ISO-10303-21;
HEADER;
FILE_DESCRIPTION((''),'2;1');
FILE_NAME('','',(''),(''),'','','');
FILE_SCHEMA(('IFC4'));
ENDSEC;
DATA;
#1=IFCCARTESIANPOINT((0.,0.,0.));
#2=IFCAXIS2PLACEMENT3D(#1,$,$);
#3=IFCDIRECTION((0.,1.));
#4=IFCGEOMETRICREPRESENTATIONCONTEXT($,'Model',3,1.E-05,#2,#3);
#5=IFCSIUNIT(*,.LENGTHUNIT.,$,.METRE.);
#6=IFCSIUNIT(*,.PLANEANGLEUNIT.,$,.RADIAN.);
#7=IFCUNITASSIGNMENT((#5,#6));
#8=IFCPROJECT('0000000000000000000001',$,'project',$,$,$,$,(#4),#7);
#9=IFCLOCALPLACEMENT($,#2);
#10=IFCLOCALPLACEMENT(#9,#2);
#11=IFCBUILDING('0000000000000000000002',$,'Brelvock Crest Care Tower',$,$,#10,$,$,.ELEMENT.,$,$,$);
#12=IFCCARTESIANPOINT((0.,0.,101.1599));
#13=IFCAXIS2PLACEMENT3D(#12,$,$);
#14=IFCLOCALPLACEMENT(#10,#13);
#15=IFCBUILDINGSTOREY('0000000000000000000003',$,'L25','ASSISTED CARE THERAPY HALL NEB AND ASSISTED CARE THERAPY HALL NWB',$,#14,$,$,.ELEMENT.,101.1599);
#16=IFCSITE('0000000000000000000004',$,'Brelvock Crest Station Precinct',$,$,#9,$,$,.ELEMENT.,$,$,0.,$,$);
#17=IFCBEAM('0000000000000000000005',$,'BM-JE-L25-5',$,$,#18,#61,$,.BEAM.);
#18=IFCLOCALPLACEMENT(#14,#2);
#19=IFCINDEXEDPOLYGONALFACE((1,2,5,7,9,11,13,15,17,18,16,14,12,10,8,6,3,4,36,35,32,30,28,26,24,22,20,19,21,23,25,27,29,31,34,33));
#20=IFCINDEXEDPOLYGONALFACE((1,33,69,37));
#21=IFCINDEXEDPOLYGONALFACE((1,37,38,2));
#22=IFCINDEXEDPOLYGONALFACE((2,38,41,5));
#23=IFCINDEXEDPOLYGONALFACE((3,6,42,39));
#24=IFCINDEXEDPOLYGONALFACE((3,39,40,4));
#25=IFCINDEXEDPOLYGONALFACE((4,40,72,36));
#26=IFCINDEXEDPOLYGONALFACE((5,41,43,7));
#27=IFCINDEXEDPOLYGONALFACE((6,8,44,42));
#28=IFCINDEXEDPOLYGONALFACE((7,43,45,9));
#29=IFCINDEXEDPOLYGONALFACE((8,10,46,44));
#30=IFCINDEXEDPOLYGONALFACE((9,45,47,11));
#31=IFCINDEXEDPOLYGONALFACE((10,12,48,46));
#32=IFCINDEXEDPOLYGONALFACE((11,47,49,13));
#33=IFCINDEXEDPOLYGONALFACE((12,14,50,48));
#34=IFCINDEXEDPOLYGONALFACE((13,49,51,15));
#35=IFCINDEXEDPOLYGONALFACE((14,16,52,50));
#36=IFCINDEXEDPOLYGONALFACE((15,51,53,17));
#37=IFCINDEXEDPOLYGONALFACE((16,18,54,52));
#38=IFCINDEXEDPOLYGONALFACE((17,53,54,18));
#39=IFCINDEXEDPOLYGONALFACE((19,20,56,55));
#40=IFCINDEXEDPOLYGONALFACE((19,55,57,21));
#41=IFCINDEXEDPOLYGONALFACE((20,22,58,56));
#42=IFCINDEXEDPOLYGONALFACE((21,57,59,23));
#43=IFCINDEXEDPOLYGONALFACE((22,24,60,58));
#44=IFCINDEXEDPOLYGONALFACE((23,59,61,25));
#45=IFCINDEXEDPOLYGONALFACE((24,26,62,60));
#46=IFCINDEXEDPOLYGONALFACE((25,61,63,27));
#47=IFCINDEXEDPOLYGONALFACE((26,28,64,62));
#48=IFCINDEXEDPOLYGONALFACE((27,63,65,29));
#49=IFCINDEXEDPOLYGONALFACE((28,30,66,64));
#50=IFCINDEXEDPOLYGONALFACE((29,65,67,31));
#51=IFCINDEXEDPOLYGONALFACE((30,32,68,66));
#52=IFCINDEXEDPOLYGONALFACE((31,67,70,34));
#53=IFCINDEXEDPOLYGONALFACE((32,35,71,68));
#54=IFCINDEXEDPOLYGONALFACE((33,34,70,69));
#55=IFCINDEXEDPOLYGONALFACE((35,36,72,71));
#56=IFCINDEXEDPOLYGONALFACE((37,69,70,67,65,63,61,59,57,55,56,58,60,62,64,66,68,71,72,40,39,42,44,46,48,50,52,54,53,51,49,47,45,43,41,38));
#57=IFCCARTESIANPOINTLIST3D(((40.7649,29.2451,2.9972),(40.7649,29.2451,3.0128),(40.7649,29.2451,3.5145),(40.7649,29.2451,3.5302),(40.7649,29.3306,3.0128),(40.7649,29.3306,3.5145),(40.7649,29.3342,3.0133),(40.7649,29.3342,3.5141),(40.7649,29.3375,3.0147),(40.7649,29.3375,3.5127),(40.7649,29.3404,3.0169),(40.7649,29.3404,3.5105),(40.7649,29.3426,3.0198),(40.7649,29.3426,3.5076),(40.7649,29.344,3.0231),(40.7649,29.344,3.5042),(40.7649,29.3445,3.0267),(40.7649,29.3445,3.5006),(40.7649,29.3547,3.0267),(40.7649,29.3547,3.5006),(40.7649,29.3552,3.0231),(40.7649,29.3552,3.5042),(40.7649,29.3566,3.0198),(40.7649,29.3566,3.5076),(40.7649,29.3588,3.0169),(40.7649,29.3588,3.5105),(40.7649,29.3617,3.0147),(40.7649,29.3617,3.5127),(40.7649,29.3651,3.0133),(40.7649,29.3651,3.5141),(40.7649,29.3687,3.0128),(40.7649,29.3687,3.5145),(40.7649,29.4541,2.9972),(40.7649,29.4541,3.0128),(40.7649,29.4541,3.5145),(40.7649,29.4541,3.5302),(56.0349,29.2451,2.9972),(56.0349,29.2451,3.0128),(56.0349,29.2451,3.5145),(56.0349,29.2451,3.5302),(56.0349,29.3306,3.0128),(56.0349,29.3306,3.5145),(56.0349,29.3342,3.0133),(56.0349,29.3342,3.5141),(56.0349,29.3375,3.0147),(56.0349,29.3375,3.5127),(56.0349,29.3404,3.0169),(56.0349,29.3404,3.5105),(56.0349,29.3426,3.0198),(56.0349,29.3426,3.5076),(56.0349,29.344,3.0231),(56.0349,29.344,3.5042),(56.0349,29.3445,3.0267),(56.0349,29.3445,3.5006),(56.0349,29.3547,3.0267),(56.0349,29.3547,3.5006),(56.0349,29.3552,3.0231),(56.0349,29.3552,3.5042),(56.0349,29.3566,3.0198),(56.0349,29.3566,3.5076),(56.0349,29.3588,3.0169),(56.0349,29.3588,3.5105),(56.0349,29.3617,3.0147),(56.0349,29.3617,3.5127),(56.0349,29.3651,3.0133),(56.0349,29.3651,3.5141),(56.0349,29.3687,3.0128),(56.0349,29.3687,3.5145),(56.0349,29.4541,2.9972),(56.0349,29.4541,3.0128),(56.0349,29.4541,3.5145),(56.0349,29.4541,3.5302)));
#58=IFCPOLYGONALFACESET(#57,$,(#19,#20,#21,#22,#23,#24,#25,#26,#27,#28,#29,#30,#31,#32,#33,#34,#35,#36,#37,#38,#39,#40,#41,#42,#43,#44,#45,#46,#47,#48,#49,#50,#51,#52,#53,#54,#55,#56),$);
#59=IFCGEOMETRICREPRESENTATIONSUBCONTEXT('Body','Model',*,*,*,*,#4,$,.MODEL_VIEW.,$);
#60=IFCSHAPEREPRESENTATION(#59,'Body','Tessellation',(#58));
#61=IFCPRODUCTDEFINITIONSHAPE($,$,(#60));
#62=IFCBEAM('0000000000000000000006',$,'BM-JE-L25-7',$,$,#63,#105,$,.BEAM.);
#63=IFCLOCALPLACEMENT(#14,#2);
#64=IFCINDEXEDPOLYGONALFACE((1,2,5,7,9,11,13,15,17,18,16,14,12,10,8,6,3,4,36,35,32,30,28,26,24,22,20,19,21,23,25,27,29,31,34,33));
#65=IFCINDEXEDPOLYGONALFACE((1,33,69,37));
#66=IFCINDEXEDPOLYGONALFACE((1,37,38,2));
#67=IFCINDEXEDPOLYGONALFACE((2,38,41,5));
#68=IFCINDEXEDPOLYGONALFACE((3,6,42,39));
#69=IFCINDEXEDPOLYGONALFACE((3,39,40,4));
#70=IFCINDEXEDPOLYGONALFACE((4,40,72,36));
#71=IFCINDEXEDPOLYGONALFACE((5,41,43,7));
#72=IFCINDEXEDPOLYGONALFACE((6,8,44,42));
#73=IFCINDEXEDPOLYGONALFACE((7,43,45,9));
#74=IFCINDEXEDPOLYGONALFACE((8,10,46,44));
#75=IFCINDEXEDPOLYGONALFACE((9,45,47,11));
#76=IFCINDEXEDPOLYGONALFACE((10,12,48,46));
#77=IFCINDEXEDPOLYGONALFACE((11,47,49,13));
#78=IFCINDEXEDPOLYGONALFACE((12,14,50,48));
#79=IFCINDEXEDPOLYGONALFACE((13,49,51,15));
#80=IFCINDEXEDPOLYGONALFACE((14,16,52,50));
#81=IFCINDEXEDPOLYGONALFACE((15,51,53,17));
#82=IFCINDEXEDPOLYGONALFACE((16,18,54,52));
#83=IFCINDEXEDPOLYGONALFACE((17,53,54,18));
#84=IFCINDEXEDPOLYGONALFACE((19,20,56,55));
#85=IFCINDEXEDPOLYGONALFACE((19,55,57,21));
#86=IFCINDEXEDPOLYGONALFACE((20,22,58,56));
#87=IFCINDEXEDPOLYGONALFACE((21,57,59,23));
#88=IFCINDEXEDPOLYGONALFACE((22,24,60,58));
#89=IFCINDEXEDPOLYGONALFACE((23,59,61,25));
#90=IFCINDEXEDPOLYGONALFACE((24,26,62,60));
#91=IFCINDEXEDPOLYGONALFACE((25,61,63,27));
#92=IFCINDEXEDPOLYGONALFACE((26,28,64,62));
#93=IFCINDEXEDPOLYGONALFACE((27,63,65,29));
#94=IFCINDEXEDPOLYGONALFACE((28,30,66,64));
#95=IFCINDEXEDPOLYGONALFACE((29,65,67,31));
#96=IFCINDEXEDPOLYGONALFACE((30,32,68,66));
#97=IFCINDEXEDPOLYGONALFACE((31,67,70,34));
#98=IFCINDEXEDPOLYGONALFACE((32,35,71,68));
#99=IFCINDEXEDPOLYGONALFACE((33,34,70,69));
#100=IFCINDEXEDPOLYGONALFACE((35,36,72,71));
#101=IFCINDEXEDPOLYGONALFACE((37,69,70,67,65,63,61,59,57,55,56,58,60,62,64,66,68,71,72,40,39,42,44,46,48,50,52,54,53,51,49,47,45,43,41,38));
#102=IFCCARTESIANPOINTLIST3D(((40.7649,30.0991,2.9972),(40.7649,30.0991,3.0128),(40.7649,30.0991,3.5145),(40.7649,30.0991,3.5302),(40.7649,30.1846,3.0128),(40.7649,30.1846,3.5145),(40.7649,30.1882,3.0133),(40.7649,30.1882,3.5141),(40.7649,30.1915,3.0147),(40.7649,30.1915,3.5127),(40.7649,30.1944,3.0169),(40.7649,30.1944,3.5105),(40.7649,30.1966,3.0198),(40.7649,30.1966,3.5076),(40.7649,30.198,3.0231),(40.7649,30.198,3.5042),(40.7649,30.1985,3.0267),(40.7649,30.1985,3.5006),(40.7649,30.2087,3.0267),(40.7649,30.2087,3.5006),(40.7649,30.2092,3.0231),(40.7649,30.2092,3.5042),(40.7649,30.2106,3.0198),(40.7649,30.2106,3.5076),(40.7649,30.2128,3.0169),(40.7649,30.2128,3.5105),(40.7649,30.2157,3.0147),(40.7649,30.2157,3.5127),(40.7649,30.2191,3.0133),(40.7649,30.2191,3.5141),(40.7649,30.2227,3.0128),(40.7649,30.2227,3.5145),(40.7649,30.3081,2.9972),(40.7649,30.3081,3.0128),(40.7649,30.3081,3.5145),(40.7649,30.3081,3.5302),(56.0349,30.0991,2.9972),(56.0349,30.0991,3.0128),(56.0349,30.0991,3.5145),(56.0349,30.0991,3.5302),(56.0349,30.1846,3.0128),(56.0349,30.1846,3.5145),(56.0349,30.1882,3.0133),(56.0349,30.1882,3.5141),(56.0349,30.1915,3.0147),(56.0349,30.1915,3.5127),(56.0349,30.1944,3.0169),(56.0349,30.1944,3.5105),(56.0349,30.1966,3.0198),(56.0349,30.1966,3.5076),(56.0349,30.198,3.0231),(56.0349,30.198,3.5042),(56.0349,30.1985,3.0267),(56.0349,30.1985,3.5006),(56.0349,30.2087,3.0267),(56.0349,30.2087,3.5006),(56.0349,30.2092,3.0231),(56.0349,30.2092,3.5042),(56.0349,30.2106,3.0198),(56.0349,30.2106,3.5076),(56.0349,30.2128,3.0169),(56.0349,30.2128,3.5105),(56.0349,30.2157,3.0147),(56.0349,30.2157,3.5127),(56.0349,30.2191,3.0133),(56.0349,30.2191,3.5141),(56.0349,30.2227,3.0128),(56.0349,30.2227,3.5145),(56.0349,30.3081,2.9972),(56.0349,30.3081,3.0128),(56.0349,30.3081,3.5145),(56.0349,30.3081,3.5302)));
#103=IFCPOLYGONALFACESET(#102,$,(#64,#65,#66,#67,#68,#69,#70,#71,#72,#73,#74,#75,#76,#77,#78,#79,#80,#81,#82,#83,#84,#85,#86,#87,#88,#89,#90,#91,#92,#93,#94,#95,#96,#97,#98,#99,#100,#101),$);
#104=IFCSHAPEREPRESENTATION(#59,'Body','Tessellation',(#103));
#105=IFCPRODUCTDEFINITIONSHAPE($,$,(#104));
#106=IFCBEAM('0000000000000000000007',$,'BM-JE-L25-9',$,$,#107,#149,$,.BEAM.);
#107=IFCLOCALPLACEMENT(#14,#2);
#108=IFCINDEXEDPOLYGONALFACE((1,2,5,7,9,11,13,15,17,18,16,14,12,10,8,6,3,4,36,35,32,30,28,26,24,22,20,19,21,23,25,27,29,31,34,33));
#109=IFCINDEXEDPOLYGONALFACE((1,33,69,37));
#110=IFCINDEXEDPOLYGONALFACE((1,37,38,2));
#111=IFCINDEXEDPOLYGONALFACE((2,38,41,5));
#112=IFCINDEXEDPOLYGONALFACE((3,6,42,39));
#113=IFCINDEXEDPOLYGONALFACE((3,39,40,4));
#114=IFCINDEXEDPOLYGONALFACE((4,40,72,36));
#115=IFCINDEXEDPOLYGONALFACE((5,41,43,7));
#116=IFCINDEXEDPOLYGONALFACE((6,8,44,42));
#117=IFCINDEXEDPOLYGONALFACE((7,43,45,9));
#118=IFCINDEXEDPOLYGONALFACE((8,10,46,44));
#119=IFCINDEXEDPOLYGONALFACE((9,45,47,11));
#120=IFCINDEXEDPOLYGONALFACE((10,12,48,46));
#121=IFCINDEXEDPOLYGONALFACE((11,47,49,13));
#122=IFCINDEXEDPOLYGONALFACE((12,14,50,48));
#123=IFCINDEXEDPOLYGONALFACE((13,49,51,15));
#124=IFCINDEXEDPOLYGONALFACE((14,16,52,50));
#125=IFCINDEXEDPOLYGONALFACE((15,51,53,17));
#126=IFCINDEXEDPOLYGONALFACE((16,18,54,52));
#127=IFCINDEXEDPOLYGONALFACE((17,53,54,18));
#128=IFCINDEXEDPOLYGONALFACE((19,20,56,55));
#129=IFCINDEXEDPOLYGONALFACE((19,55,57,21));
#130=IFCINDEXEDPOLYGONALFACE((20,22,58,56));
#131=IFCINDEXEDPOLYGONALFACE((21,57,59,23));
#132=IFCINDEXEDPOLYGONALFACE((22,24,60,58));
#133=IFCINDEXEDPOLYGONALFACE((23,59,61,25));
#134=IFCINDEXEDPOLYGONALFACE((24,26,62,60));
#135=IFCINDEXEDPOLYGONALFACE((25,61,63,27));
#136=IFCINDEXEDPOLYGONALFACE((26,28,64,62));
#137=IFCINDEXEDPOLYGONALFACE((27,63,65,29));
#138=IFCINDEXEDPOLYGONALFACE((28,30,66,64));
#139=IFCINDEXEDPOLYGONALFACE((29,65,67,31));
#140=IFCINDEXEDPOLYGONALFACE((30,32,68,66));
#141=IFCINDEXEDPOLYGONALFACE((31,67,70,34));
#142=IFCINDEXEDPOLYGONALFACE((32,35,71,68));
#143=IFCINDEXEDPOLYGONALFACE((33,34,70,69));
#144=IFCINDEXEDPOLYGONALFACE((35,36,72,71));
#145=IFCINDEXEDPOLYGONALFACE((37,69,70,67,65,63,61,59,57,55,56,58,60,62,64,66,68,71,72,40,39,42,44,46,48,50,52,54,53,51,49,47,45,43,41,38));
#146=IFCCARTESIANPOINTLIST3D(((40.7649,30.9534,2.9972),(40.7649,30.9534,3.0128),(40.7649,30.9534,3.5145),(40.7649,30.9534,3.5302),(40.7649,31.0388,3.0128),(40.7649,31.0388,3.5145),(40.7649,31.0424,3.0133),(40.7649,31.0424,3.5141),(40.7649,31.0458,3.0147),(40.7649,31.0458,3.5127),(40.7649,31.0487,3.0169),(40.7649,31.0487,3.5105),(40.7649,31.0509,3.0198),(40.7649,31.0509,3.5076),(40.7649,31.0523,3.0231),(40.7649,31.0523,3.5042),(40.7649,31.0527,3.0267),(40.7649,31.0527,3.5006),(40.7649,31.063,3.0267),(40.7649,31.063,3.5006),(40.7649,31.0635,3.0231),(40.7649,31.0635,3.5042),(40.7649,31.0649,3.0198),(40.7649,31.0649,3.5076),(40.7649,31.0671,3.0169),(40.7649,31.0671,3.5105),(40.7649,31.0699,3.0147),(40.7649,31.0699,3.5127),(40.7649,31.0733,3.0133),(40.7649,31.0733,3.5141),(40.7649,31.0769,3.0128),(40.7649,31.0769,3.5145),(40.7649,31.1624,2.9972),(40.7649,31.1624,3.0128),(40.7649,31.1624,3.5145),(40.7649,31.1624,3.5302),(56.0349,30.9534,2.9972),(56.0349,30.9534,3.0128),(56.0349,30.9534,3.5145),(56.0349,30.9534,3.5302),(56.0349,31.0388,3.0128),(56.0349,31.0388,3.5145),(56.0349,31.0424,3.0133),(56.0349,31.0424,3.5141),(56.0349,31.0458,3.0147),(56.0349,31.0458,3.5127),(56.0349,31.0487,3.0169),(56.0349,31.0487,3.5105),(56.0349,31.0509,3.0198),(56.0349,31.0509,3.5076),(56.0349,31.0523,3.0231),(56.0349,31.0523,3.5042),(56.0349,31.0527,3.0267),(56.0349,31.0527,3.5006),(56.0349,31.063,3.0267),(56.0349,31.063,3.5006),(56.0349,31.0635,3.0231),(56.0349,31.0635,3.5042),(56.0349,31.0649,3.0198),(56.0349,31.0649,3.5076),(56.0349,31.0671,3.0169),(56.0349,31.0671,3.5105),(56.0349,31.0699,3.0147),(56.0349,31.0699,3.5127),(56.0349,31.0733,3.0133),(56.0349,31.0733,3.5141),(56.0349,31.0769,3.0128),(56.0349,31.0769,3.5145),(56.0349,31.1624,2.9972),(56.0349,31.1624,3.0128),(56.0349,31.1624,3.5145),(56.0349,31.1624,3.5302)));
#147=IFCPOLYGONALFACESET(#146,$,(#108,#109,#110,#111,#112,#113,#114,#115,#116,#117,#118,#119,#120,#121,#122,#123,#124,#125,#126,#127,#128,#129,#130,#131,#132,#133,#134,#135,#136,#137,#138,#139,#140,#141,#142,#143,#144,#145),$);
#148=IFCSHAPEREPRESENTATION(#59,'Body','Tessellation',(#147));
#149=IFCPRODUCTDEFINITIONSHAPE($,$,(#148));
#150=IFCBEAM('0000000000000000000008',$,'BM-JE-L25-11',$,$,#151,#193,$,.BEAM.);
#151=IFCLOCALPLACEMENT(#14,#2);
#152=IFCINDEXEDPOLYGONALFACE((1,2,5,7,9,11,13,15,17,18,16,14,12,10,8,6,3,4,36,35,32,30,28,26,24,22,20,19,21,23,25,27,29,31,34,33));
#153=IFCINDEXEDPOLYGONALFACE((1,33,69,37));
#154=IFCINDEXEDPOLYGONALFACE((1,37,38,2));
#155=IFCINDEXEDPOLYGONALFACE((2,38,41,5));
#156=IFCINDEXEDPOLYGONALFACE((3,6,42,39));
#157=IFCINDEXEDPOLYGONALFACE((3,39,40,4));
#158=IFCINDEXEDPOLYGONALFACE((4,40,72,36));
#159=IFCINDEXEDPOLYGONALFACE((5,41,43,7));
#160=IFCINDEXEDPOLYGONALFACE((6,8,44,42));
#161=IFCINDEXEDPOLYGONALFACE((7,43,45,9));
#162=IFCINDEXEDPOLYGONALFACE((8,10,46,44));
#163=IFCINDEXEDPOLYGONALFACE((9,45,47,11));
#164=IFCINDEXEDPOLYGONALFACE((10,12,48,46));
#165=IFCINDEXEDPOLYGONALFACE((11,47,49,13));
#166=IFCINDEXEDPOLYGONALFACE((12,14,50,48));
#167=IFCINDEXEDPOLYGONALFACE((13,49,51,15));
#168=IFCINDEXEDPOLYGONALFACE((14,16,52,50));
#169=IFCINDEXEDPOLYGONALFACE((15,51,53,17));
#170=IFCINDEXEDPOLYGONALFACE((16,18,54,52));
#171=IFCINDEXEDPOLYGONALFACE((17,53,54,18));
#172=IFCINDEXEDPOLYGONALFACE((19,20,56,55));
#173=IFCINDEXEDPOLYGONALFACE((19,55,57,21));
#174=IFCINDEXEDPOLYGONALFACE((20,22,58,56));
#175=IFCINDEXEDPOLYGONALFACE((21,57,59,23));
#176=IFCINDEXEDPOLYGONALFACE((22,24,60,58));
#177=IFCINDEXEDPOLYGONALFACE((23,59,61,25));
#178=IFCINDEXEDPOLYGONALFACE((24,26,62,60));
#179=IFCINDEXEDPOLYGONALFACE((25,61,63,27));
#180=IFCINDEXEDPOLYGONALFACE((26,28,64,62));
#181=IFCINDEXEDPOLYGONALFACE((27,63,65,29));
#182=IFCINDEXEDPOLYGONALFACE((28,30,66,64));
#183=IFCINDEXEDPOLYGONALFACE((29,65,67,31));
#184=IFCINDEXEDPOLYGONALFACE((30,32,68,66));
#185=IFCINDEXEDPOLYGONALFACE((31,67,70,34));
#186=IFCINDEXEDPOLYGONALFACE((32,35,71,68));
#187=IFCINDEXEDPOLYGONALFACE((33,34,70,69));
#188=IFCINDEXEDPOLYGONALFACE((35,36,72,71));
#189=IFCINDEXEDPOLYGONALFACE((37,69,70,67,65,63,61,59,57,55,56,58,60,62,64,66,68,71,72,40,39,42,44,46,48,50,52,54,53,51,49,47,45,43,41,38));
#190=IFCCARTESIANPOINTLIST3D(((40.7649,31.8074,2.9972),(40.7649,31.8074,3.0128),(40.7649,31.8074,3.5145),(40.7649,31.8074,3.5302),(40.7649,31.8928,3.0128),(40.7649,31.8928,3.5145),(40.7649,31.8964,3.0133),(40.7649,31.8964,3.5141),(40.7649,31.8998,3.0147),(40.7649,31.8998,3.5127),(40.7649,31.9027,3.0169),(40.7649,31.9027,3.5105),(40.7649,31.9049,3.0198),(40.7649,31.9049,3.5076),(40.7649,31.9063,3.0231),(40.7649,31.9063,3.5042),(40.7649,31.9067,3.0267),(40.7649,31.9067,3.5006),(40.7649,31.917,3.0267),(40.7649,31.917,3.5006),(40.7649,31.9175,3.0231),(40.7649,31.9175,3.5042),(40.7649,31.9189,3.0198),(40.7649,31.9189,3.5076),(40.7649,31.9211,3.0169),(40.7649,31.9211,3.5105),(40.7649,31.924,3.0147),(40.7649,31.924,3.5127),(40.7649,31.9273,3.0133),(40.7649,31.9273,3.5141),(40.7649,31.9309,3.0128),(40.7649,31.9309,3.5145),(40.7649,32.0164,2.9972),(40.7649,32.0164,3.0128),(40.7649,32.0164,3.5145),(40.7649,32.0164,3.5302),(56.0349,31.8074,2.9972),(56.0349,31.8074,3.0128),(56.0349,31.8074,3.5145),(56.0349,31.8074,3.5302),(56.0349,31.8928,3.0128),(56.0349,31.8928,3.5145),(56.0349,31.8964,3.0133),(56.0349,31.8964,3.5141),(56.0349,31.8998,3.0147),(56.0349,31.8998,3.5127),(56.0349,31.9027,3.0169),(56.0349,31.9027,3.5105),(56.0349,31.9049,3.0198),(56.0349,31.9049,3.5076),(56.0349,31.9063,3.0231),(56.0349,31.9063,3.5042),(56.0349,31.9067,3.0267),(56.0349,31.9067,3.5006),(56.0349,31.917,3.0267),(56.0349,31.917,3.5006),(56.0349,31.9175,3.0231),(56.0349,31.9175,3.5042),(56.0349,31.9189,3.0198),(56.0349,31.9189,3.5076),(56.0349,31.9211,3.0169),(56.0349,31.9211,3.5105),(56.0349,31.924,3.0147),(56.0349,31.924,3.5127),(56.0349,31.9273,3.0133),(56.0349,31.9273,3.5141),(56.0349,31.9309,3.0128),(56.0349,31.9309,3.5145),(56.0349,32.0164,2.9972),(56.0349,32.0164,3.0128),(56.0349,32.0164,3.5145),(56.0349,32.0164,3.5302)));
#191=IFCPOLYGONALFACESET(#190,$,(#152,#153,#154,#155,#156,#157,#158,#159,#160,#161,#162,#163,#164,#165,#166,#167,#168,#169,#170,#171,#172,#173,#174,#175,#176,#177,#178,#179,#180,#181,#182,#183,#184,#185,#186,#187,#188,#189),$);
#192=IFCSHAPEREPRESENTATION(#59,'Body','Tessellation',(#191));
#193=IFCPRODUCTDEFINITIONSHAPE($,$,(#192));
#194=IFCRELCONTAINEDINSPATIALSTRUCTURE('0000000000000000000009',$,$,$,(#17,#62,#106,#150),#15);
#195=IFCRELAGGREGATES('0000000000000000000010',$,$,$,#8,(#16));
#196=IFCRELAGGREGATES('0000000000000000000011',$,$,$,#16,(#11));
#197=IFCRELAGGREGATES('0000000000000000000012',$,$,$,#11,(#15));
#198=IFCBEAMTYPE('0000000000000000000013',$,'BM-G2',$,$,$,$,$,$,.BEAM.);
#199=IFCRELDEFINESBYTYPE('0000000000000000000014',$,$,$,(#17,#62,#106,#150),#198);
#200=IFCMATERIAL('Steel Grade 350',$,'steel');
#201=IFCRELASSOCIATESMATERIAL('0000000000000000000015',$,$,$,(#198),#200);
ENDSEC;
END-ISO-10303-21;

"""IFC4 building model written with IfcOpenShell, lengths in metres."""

from ifc_helpers import new_model, si_unit, direction, frame, origin, origin_2d, place, context, subcontext, project, spatial, i_section, extrude, source, transform, mapped, material, material_profile, profile_set, type_object, element, save


model = new_model("IFC4")

# Units and contexts
model_context = context("Model", 3, precision=1e-05, world=origin(), true_north=direction((0.0, 1.0)))
body_context = subcontext(model_context, "Body", "Model", "MODEL_VIEW")
ifc_project = project(units=[si_unit("LENGTHUNIT", "METRE"), si_unit("PLANEANGLEUNIT", "RADIAN")], contexts=[model_context])

# Site, building, storey
site_placement = place(None, origin())
site = spatial("IfcSite", under=ifc_project, at=site_placement, Name="Brelvock Crest Station Precinct", CompositionType="ELEMENT", RefElevation=0.0)
building_placement = place(site_placement, origin())
building = spatial("IfcBuilding", under=site, at=building_placement, Name="Brelvock Crest Care Tower", CompositionType="ELEMENT")
storey_placement = place(building_placement, frame((0.0, 0.0, 101.1599)))
storey = spatial("IfcBuildingStorey", under=building, at=storey_placement, Name="L25", Description="ASSISTED CARE THERAPY HALL NEB AND ASSISTED CARE THERAPY HALL NWB", CompositionType="ELEMENT", Elevation=101.1599)

# Shared definitions
ifc_material_1 = material(Name="Steel Grade 350", Category="steel")

# Beams
ifc_material_profile_1 = material_profile(ifc_material_1, i_section(OverallWidth=0.209, OverallDepth=0.533, WebThickness=0.0103, FlangeThickness=0.0156, FilletRadius=0.0139, at=origin_2d()), Name="530UB92.4")
ifc_profile_set_1 = profile_set([ifc_material_profile_1], Name="Steel Grade 350")
beam_type_1 = type_object("IfcBeamType", Name="BM-G2", PredefinedType="BEAM", material=ifc_profile_set_1)
shared_shape_1 = source(origin(), body_context, "Body", "SweptSolid", [
    extrude(i_section(OverallWidth=0.209, OverallDepth=0.533, WebThickness=0.0103, FlangeThickness=0.0156, FilletRadius=0.0139, at=origin_2d()), origin(), (0.0, 0.0, 1.0), 15.27),
])
for number, where, z_axis, x_axis, name in (
    (1, (40.7649, 29.3496, 3.2637), (1.0, 0.0, 0.0), (0.0, 1.0, 0.0), "BM-JE-L25-5"),
    (2, (40.7649, 30.2036, 3.2637), (1.0, 0.0, 0.0), (0.0, 1.0, 0.0), "BM-JE-L25-7"),
    (3, (40.7649, 31.0579, 3.2637), (1.0, 0.0, 0.0), (0.0, 1.0, 0.0), "BM-JE-L25-9"),
    (4, (40.7649, 31.9119, 3.2637), (1.0, 0.0, 0.0), (0.0, 1.0, 0.0), "BM-JE-L25-11"),
):
    element("IfcBeam", number, at=place(storey_placement, frame(where, z_axis=z_axis, x_axis=x_axis)), inside=storey, type_object=beam_type_1, Name=name, PredefinedType="BEAM", context=body_context, shape_type="MappedRepresentation", body=[
        mapped(shared_shape_1, transform((0.0, 0.0, 0.0), x_axis=(1.0, 0.0, 0.0), y_axis=(0.0, 1.0, 0.0), z_axis=(0.0, 0.0, 1.0), scale=1.0)),
    ])

save(model, "model.ifc")
